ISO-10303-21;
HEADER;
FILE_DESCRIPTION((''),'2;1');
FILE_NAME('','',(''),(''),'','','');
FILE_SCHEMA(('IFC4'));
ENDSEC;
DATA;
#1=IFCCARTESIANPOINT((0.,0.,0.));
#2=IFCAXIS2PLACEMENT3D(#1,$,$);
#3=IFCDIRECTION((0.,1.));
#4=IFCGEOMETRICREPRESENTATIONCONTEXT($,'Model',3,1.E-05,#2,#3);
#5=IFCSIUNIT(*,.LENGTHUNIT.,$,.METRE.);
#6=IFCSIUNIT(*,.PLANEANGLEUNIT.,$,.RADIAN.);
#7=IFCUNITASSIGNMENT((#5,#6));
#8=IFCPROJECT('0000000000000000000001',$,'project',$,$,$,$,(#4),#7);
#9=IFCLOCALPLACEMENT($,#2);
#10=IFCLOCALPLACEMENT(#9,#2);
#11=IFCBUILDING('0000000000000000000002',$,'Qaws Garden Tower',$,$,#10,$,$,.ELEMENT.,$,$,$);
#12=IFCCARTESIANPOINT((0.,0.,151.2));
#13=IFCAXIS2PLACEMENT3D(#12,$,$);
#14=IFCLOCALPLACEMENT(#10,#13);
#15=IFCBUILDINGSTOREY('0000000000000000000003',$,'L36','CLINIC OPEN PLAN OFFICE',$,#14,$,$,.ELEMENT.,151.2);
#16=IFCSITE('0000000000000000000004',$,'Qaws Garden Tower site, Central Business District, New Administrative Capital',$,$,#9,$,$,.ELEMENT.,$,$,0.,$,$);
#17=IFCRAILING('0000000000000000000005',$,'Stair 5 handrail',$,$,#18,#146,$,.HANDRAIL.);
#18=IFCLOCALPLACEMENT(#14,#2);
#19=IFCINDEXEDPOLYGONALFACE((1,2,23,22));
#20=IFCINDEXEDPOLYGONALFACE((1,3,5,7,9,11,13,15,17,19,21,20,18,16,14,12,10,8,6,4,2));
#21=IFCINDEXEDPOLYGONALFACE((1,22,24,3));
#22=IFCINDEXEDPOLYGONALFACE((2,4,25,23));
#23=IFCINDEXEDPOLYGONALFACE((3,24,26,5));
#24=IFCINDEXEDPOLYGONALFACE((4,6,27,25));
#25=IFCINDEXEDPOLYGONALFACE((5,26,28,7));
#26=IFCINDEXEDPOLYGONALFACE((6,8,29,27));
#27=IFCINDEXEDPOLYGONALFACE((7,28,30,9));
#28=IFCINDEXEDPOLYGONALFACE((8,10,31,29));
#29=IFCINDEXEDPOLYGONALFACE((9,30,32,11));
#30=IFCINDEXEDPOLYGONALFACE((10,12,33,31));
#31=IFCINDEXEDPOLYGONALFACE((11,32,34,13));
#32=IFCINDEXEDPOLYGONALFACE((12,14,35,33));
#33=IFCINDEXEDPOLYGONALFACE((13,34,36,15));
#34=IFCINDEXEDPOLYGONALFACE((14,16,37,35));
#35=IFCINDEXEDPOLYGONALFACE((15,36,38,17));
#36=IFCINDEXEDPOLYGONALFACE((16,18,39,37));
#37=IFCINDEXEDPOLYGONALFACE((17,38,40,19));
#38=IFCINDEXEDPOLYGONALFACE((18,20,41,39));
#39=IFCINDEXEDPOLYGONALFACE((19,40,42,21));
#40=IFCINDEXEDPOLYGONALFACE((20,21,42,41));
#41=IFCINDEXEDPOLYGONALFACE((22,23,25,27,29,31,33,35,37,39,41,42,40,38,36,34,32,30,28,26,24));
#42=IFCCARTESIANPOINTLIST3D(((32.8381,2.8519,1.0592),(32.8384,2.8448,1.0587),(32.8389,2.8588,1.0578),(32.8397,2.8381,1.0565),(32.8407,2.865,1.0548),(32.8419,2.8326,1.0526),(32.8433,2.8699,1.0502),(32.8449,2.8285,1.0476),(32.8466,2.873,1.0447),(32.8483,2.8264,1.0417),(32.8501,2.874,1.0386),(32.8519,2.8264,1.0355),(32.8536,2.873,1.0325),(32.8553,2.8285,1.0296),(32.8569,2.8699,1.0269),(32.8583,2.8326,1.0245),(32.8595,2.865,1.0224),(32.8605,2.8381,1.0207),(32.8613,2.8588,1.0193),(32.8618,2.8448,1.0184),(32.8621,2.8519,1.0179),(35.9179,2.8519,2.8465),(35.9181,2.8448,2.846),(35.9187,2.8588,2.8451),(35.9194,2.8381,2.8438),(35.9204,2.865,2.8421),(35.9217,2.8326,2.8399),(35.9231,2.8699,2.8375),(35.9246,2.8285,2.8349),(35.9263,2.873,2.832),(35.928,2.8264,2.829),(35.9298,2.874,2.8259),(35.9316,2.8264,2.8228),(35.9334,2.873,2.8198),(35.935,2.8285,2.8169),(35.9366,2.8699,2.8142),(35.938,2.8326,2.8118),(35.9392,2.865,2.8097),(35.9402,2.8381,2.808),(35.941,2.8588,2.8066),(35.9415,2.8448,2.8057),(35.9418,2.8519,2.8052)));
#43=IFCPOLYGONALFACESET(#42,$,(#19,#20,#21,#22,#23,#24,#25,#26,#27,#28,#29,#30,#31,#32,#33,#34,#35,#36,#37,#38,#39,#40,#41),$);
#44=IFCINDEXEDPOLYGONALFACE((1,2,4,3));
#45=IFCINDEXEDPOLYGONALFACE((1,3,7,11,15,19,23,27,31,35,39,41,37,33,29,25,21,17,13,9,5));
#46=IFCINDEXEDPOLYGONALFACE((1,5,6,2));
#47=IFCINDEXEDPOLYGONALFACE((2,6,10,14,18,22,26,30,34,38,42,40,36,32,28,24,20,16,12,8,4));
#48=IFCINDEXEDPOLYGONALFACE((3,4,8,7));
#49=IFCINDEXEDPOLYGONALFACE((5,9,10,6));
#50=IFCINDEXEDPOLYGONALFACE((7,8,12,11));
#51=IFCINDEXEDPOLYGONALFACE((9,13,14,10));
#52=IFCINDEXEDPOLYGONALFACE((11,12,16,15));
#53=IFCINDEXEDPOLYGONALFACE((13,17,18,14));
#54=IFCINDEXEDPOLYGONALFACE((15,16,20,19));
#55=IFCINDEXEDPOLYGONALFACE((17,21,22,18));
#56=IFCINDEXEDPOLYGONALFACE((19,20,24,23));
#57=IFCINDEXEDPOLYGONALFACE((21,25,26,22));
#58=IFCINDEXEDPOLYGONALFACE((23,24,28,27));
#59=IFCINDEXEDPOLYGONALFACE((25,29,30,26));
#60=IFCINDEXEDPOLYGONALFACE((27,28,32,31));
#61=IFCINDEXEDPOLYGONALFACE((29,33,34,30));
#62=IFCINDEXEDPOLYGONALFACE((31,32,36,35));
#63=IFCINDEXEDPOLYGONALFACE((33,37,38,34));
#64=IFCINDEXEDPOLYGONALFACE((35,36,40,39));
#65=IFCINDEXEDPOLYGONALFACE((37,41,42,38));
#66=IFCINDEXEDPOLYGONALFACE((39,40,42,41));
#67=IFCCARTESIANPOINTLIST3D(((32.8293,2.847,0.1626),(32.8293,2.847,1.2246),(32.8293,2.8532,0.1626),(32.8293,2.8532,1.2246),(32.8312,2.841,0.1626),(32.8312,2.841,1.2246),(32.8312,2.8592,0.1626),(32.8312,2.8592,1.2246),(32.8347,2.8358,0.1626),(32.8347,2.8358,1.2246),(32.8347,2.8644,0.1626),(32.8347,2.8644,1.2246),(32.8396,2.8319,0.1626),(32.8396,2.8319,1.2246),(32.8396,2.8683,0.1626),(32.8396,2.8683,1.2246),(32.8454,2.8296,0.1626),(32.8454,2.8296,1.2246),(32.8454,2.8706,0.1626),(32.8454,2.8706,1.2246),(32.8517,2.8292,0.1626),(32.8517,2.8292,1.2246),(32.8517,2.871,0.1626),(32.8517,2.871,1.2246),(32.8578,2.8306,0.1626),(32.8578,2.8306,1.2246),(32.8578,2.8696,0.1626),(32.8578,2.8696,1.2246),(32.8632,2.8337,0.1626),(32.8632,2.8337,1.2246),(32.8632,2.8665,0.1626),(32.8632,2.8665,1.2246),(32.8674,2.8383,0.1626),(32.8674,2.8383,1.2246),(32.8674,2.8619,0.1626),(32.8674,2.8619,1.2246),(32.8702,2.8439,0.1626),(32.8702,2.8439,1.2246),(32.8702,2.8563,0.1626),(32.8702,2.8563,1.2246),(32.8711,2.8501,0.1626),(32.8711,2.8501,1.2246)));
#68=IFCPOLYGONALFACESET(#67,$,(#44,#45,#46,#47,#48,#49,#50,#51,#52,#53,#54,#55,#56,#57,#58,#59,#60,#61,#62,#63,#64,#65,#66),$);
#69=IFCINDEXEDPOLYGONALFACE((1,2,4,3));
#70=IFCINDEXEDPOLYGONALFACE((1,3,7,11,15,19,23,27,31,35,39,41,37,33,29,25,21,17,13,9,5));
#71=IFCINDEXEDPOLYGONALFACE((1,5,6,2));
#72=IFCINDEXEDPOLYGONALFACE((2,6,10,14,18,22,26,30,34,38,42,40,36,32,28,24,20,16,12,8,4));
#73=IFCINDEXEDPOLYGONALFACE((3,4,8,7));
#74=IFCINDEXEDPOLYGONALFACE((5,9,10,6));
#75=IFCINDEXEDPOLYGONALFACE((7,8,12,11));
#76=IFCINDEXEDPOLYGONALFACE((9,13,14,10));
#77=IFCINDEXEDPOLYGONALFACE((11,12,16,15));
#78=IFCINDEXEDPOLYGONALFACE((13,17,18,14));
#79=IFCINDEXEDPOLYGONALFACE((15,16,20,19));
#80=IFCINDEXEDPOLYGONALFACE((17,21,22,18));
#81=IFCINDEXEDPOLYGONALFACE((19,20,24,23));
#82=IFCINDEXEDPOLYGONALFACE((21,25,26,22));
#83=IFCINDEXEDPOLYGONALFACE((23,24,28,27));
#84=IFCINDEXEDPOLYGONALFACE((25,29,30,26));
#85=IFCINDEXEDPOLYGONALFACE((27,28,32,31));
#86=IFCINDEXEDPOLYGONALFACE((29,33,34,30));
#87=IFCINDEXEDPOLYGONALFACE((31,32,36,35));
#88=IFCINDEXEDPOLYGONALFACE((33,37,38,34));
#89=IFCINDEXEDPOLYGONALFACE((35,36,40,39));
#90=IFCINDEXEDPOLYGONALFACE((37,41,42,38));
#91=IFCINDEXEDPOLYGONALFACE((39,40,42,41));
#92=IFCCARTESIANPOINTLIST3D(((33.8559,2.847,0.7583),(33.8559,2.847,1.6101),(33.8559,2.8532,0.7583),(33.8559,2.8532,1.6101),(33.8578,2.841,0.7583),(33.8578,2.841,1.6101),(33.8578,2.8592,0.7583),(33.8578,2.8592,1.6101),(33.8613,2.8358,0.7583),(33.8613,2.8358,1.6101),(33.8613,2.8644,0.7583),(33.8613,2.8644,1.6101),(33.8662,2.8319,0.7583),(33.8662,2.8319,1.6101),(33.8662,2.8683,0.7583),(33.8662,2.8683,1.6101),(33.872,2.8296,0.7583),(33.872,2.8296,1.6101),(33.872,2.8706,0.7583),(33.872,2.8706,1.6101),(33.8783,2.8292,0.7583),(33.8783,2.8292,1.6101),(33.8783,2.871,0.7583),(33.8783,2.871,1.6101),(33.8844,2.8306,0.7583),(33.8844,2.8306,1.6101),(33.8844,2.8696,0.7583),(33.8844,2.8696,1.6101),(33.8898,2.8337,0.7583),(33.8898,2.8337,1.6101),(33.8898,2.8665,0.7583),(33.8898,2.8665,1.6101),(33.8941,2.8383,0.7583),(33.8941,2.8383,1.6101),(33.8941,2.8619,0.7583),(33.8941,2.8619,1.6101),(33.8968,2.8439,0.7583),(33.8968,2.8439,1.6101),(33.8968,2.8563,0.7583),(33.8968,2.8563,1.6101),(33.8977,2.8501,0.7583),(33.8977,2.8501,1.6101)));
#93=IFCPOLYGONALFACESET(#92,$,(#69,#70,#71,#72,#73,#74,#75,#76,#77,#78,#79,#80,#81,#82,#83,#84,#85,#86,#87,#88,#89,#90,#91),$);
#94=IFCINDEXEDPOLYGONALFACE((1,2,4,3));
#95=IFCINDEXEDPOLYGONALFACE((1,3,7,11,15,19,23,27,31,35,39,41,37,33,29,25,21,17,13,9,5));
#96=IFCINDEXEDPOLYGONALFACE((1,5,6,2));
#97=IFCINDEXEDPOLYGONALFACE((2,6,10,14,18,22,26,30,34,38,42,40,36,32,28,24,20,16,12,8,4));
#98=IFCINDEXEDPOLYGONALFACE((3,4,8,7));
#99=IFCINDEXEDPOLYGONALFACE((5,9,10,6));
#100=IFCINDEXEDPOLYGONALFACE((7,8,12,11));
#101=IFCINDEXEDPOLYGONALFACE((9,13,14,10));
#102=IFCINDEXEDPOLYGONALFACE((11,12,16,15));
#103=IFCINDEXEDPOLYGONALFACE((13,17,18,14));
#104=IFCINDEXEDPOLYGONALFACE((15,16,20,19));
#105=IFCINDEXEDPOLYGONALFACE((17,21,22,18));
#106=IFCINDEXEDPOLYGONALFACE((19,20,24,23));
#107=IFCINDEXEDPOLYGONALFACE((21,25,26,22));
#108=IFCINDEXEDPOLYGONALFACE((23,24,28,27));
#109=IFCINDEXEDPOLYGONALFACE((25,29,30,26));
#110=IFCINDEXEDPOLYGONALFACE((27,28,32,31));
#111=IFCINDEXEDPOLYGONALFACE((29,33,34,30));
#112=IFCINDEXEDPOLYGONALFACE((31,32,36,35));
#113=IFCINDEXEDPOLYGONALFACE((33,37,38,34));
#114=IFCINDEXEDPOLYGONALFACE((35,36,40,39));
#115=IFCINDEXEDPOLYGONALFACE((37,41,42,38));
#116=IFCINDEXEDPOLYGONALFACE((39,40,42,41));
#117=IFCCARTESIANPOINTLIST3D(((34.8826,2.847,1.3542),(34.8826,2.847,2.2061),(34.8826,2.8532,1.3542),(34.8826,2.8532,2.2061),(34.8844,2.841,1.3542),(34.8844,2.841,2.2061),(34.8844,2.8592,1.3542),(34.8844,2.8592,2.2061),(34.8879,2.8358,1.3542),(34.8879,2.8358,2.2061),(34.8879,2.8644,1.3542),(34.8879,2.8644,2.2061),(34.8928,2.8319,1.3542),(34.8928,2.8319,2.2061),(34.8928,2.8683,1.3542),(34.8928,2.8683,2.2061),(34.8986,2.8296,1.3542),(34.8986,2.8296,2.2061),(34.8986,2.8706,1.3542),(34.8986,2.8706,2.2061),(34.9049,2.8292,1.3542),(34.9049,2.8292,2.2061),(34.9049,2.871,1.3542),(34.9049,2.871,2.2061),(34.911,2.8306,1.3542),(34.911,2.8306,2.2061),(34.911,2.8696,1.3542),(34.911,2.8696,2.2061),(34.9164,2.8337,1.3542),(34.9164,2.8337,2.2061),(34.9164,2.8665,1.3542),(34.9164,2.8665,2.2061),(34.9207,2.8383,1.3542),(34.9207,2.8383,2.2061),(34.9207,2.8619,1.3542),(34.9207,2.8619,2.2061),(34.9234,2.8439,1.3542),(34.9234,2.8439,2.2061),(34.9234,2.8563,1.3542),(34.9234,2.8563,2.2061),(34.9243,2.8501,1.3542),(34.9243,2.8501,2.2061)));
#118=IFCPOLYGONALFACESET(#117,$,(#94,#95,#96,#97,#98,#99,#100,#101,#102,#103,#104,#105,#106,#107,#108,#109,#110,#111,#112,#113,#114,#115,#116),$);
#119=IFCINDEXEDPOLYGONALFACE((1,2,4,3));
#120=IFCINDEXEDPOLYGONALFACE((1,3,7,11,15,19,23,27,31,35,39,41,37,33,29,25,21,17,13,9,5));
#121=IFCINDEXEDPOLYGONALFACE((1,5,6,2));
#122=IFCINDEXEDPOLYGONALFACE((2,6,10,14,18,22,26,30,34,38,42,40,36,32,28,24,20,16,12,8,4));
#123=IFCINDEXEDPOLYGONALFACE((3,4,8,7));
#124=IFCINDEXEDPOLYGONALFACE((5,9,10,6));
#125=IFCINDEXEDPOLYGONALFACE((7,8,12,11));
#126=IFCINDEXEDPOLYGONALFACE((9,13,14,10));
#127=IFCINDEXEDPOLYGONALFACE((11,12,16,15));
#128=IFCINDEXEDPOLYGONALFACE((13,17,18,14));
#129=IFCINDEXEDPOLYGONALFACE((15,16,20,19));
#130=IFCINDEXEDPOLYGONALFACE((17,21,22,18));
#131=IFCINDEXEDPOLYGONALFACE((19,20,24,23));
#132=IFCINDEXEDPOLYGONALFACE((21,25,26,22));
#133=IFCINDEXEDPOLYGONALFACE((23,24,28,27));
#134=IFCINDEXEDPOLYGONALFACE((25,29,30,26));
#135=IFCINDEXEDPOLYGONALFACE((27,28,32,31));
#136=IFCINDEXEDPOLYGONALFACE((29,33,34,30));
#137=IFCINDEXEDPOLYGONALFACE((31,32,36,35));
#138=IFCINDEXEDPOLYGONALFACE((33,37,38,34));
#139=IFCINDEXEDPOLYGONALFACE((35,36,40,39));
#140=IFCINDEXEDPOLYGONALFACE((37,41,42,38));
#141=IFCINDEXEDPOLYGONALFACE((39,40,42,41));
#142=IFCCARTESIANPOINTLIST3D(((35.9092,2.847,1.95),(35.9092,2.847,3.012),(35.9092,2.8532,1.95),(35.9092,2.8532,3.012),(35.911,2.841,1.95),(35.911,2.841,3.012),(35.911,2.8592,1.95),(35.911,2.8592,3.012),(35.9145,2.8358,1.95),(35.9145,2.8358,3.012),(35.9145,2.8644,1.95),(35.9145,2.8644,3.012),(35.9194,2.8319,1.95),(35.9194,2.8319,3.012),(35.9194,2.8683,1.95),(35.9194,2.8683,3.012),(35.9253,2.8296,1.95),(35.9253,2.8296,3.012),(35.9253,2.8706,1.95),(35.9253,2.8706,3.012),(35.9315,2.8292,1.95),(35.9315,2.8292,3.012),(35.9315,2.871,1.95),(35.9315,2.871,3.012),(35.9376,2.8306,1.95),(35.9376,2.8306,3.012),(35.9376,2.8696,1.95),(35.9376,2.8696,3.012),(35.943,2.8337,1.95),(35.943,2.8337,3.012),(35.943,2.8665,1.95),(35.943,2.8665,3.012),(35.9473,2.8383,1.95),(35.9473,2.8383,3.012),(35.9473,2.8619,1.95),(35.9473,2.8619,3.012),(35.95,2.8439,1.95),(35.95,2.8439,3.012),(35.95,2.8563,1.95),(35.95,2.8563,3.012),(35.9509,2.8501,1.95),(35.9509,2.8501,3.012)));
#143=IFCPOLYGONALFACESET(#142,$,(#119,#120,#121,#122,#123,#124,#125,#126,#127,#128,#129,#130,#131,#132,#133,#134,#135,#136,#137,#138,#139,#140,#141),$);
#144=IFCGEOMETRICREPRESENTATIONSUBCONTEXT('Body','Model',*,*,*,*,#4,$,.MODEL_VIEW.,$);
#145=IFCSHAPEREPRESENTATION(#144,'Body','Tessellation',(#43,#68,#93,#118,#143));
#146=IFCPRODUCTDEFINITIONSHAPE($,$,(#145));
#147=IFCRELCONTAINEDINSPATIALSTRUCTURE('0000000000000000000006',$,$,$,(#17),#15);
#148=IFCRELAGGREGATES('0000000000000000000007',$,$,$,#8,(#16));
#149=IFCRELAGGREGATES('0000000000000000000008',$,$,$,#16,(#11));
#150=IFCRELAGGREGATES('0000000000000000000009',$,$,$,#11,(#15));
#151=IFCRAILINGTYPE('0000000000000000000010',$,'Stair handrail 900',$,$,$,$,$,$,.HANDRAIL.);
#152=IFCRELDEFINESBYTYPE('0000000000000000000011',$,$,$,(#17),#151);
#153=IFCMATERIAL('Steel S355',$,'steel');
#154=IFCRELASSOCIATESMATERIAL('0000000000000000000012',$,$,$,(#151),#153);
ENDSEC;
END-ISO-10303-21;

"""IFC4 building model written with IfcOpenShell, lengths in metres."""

from ifc_helpers import new_model, si_unit, direction, frame, origin, origin_2d, place, context, subcontext, project, spatial, circle, extrude, material, type_object, element, save


model = new_model("IFC4")

# Units and contexts
model_context = context("Model", 3, precision=1e-05, world=origin(), true_north=direction((0.0, 1.0)))
body_context = subcontext(model_context, "Body", "Model", "MODEL_VIEW")
ifc_project = project(units=[si_unit("LENGTHUNIT", "METRE"), si_unit("PLANEANGLEUNIT", "RADIAN")], contexts=[model_context])

# Site, building, storey
site_placement = place(None, origin())
site = spatial("IfcSite", under=ifc_project, at=site_placement, Name="Qaws Garden Tower site, Central Business District, New Administrative Capital", CompositionType="ELEMENT", RefElevation=0.0)
building_placement = place(site_placement, origin())
building = spatial("IfcBuilding", under=site, at=building_placement, Name="Qaws Garden Tower", CompositionType="ELEMENT")
storey_placement = place(building_placement, frame((0.0, 0.0, 151.2)))
storey = spatial("IfcBuildingStorey", under=building, at=storey_placement, Name="L36", Description="CLINIC OPEN PLAN OFFICE", CompositionType="ELEMENT", Elevation=151.2)

# Railing
ifc_material_1 = material(Name="Steel S355", Category="steel")
railing_type = type_object("IfcRailingType", Name="Stair handrail 900", PredefinedType="HANDRAIL", material=ifc_material_1)
railing_placement = place(storey_placement, frame((32.8501, 2.8501, 0.1626)))
element("IfcRailing", 1, at=railing_placement, inside=storey, type_object=railing_type, Name="Stair 5 handrail", PredefinedType="HANDRAIL", context=body_context, shape_type="SweptSolid", body=[
    extrude(circle(Radius=0.0239, at=origin_2d()), frame((0.0, 0.0, 0.876), z_axis=(0.864903, 0.0, 0.501939), x_axis=(0.0, 1.0, 0.0)), (0.0, 0.0, 1.0), 3.5608),
    extrude(circle(Radius=0.021, at=origin_2d()), origin(), (0.0, 0.0, 1.0), 1.062),
    extrude(circle(Radius=0.021, at=origin_2d()), frame((1.0266, 0.0, 0.5957)), (0.0, 0.0, 1.0), 0.8518),
    extrude(circle(Radius=0.021, at=origin_2d()), frame((2.0532, 0.0, 1.1917)), (0.0, 0.0, 1.0), 0.8518),
    extrude(circle(Radius=0.021, at=origin_2d()), frame((3.0798, 0.0, 1.7874)), (0.0, 0.0, 1.0), 1.062),
])

save(model, "model.ifc")
